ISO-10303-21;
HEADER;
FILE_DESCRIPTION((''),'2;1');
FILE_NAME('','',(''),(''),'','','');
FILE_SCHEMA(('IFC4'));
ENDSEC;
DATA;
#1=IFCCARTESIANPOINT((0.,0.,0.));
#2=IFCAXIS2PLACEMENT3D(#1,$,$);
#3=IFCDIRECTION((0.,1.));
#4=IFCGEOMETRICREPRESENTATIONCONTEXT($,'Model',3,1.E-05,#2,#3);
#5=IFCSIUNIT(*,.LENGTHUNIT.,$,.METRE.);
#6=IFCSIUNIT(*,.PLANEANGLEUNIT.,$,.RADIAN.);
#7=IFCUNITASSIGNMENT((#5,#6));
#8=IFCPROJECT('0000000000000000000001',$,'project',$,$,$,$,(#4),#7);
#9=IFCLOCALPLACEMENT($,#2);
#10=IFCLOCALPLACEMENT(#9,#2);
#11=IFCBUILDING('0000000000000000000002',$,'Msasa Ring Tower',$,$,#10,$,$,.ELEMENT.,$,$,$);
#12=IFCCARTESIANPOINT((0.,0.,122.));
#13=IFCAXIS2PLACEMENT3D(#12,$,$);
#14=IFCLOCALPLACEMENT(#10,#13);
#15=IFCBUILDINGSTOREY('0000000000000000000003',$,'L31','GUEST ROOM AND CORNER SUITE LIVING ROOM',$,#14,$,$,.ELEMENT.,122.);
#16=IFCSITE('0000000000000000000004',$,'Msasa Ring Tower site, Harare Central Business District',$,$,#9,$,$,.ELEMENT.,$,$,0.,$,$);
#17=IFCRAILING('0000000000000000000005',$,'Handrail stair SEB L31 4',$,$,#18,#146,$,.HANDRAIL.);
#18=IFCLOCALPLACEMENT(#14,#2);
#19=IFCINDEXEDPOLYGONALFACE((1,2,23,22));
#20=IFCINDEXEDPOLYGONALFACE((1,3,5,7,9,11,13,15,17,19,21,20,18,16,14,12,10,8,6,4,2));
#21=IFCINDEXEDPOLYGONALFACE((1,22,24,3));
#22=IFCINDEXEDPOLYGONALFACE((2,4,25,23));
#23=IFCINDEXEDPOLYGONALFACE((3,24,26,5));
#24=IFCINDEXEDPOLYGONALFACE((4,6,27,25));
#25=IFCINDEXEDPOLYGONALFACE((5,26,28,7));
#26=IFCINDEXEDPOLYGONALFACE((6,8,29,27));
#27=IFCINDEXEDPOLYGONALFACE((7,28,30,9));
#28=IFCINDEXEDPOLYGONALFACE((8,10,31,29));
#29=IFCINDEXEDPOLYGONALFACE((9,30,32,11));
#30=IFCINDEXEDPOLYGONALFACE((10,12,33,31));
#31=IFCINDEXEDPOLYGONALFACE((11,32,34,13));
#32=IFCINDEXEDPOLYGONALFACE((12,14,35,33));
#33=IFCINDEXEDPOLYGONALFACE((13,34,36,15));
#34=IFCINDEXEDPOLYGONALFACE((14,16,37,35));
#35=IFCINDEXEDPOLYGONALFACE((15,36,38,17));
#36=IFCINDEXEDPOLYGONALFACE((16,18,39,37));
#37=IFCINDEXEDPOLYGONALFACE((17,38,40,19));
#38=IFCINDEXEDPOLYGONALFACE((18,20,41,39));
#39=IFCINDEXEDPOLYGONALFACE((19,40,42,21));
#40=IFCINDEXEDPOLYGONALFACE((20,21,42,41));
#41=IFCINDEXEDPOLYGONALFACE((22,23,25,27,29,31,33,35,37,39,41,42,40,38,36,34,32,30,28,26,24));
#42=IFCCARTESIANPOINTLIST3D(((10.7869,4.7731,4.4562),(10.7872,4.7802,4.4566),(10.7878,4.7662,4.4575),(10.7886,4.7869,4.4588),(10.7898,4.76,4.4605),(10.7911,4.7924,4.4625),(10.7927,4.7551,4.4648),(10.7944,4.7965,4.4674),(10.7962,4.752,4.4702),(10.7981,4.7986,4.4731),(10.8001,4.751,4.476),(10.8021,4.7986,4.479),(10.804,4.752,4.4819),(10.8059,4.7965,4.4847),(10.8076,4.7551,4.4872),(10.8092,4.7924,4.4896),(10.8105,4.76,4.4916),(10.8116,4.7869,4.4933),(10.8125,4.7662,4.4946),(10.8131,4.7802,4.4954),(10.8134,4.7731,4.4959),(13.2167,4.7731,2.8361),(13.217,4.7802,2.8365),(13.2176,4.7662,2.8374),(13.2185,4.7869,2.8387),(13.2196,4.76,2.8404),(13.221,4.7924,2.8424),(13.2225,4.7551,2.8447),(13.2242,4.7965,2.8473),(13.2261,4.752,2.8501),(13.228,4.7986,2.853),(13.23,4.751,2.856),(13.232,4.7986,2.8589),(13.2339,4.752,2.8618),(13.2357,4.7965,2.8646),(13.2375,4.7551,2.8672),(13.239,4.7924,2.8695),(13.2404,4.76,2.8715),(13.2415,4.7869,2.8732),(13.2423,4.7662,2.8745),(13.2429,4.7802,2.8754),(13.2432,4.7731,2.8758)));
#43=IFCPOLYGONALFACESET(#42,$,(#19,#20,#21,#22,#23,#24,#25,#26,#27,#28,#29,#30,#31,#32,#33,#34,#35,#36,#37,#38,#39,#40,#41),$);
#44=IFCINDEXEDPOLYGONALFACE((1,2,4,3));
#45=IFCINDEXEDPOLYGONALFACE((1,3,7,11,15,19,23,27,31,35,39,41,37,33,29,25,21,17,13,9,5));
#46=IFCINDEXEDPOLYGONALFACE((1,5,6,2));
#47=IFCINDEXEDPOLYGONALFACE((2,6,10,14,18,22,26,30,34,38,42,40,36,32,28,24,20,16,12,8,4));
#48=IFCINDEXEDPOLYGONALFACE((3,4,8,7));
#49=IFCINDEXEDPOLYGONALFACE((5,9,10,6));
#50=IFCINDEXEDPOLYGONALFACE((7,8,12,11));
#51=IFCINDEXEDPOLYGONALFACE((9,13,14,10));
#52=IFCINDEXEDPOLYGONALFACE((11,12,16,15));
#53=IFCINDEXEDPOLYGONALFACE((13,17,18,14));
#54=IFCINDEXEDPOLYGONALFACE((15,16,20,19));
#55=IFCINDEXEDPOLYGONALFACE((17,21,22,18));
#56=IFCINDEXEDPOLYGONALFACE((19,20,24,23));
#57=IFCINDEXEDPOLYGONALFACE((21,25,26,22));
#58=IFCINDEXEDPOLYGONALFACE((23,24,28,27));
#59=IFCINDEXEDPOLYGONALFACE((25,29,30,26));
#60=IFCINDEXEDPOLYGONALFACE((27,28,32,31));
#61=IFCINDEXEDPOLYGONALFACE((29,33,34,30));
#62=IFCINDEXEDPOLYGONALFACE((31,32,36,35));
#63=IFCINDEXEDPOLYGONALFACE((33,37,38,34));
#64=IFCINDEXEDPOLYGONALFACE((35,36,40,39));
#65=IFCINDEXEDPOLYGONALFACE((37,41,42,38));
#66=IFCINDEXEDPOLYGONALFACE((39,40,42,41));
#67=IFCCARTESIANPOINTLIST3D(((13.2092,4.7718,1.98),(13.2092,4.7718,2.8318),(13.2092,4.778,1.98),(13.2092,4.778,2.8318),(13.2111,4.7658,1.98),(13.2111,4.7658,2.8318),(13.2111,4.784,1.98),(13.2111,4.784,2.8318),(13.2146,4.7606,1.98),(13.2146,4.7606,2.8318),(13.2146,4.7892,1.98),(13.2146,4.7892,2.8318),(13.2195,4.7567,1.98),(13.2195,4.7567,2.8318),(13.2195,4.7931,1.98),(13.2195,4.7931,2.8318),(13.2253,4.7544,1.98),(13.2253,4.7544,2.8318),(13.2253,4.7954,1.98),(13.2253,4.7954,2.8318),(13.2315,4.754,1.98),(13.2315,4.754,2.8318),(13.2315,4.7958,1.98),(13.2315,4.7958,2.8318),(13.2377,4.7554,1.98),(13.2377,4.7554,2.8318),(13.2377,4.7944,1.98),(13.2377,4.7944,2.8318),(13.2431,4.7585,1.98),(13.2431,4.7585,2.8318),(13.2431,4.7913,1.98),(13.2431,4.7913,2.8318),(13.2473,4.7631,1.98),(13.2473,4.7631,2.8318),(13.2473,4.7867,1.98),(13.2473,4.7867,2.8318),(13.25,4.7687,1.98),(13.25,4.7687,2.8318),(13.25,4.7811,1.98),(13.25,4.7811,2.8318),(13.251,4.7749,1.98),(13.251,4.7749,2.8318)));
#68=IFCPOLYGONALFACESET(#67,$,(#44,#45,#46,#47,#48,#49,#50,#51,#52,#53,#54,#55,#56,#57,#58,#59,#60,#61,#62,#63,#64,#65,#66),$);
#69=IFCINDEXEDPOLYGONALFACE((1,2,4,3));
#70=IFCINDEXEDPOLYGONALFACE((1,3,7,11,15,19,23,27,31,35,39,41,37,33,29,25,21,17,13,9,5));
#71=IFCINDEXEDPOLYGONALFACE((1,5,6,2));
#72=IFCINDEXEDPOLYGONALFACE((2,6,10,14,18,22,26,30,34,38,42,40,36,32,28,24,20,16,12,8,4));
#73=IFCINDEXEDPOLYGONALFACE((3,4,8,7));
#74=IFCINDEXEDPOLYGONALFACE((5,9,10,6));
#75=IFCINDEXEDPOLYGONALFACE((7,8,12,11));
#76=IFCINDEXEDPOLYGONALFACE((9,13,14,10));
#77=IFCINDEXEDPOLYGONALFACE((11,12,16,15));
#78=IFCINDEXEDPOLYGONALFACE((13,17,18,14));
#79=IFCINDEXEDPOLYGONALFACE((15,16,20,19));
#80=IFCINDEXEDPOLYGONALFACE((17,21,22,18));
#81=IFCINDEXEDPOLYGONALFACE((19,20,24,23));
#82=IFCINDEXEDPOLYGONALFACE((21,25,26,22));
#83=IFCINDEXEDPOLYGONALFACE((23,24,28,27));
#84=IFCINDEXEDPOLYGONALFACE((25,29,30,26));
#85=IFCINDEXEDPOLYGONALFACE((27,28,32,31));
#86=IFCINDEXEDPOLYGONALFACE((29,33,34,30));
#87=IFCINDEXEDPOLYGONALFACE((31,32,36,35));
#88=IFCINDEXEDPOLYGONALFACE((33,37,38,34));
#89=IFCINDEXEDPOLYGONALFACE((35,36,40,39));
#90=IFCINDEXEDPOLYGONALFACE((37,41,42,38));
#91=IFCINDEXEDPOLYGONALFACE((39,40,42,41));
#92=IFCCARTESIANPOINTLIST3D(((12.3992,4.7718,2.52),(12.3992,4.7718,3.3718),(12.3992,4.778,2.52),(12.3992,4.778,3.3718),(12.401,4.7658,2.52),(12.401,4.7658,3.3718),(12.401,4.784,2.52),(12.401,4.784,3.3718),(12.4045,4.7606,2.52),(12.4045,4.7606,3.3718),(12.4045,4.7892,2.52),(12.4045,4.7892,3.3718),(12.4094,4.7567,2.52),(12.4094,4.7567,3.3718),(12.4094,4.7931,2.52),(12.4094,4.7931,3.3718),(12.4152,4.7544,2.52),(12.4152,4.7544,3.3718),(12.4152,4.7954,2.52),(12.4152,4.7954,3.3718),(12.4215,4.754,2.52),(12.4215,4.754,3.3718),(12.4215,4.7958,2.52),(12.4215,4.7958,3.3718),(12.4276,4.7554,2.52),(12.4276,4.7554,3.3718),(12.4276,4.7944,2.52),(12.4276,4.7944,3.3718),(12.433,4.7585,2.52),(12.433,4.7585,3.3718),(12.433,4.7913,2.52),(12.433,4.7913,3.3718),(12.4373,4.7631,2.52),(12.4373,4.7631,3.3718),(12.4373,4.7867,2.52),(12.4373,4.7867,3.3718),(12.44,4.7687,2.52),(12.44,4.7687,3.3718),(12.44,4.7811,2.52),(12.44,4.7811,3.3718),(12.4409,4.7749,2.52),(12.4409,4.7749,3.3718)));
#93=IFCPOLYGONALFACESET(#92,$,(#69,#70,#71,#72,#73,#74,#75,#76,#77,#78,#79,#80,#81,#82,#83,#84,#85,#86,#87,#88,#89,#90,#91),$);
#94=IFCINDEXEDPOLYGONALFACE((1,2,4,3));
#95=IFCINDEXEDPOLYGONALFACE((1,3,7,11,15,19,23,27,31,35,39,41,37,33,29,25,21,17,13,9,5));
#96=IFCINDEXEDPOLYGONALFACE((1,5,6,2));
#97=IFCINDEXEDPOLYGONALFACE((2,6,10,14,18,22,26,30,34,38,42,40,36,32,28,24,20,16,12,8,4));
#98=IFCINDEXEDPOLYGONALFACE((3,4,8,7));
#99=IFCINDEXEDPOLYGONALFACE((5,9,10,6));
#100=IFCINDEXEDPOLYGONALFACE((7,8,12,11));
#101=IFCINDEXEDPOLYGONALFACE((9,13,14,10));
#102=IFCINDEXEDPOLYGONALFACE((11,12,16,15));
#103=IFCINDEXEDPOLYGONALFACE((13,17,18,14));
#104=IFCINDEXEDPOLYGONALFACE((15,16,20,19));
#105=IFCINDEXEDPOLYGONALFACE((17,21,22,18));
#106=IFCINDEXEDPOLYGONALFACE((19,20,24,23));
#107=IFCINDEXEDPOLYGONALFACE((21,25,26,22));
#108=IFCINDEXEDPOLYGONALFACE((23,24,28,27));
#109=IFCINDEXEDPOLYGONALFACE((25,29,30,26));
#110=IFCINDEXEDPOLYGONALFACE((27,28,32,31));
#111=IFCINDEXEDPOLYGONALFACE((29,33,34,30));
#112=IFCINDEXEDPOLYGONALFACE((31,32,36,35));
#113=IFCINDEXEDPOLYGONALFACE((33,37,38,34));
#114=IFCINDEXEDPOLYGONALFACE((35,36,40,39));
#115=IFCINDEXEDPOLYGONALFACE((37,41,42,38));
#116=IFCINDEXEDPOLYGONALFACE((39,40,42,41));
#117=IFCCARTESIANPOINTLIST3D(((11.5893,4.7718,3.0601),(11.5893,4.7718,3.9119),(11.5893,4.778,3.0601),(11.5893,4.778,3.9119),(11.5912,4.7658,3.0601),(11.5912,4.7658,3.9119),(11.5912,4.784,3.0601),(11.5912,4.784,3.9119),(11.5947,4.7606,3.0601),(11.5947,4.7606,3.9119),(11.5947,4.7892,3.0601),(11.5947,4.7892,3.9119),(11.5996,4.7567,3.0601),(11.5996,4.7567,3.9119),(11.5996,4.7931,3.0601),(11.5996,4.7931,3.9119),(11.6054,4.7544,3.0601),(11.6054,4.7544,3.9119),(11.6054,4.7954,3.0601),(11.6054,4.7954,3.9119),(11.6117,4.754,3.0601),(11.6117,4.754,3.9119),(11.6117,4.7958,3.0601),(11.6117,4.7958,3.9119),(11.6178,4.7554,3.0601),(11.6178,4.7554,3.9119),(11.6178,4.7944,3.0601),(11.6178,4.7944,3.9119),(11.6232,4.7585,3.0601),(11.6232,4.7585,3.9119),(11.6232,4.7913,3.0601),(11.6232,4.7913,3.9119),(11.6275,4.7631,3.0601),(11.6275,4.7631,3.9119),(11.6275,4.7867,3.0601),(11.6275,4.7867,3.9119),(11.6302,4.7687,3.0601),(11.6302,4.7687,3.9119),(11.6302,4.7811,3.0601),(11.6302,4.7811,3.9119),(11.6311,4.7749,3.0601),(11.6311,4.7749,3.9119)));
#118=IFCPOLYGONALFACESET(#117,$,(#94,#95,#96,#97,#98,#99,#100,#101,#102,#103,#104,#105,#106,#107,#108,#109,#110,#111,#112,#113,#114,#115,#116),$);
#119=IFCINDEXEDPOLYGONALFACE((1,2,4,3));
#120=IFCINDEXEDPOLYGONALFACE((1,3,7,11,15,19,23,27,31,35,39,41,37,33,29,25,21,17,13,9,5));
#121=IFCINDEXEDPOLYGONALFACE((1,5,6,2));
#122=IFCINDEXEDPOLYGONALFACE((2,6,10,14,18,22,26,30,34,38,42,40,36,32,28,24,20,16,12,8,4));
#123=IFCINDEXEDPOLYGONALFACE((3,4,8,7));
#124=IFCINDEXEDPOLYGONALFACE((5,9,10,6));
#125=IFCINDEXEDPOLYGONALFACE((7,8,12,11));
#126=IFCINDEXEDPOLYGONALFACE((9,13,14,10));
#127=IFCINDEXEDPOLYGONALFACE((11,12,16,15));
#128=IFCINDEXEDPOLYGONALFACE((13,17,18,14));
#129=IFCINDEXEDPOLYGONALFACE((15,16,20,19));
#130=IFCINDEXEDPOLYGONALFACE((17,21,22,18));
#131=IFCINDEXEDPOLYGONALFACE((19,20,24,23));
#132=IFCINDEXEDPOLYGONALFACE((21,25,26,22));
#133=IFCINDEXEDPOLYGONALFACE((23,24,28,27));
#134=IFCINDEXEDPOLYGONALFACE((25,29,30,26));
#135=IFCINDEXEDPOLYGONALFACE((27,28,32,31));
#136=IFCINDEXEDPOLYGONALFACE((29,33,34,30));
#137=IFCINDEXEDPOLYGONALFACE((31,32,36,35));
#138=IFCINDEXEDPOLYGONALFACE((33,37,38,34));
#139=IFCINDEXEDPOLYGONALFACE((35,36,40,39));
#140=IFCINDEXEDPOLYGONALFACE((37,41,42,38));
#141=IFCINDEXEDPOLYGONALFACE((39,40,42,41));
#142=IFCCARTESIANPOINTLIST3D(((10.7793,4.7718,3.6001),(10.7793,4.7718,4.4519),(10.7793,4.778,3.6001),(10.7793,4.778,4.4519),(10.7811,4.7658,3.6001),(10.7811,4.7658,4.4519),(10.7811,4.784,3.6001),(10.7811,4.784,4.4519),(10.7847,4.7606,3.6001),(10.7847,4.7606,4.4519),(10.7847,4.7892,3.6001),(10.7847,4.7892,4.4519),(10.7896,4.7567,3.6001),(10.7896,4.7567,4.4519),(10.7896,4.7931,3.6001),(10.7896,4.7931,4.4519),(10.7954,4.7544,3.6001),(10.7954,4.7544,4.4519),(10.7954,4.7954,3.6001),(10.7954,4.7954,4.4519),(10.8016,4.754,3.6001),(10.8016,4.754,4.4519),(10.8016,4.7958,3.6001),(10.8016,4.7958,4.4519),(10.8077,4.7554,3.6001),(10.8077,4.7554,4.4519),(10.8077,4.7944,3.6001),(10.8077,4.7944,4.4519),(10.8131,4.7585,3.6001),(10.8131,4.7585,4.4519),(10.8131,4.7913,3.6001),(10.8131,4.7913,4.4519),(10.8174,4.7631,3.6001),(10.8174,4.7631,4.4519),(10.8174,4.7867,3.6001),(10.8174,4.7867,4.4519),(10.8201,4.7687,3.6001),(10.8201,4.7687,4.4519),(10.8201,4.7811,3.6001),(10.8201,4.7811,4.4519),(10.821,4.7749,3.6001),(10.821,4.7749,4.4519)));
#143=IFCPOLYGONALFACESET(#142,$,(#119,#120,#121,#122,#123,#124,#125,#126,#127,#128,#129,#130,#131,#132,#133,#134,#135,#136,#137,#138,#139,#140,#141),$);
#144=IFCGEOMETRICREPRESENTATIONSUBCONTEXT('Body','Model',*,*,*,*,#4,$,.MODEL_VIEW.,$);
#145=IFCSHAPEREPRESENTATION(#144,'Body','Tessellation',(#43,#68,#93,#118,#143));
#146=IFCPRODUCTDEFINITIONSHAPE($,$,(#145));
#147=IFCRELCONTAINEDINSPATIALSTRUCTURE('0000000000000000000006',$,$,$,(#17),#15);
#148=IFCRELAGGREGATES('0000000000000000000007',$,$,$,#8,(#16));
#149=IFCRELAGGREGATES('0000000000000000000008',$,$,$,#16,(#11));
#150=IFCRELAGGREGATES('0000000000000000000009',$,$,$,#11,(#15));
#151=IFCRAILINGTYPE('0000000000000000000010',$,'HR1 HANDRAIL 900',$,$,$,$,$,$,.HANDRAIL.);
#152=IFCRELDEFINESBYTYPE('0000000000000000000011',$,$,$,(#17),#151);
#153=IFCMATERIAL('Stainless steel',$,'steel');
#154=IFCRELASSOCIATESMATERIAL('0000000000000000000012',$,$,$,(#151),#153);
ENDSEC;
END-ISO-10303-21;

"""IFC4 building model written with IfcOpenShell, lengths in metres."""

from ifc_helpers import new_model, si_unit, direction, frame, origin, origin_2d, place, context, subcontext, project, spatial, circle, extrude, material, type_object, element, save


model = new_model("IFC4")

# Units and contexts
model_context = context("Model", 3, precision=1e-05, world=origin(), true_north=direction((0.0, 1.0)))
body_context = subcontext(model_context, "Body", "Model", "MODEL_VIEW")
ifc_project = project(units=[si_unit("LENGTHUNIT", "METRE"), si_unit("PLANEANGLEUNIT", "RADIAN")], contexts=[model_context])

# Site, building, storey
site_placement = place(None, origin())
site = spatial("IfcSite", under=ifc_project, at=site_placement, Name="Msasa Ring Tower site, Harare Central Business District", CompositionType="ELEMENT", RefElevation=0.0)
building_placement = place(site_placement, origin())
building = spatial("IfcBuilding", under=site, at=building_placement, Name="Msasa Ring Tower", CompositionType="ELEMENT")
storey_placement = place(building_placement, frame((0.0, 0.0, 122.0)))
storey = spatial("IfcBuildingStorey", under=building, at=storey_placement, Name="L31", Description="GUEST ROOM AND CORNER SUITE LIVING ROOM", CompositionType="ELEMENT", Elevation=122.0)

# Railing
ifc_material_1 = material(Name="Stainless steel", Category="steel")
railing_type = type_object("IfcRailingType", Name="HR1 HANDRAIL 900", PredefinedType="HANDRAIL", material=ifc_material_1)
for number, where, name in (
    (1, (13.23, 4.7749, 1.98), "Handrail stair SEB L31 4"),
):
    element("IfcRailing", number, at=place(storey_placement, frame(where)), inside=storey, type_object=railing_type, Name=name, PredefinedType="HANDRAIL", context=body_context, shape_type="SweptSolid", body=[
        extrude(circle(Radius=0.0239, at=origin_2d()), frame((0.0, 0.0, 0.876), z_axis=(-0.832025, 0.0, 0.554739), x_axis=(0.0, -1.0, 0.0)), (0.0, 0.0, 1.0), 2.9204),
        extrude(circle(Radius=0.021, at=origin_2d()), origin(), (0.0, 0.0, 1.0), 0.8518),
        extrude(circle(Radius=0.021, at=origin_2d()), frame((-0.8101, 0.0, 0.54)), (0.0, 0.0, 1.0), 0.8518),
        extrude(circle(Radius=0.021, at=origin_2d()), frame((-1.6199, 0.0, 1.0801)), (0.0, 0.0, 1.0), 0.8518),
        extrude(circle(Radius=0.021, at=origin_2d()), frame((-2.4299, 0.0, 1.6201)), (0.0, 0.0, 1.0), 0.8518),
    ])

save(model, "model.ifc")
